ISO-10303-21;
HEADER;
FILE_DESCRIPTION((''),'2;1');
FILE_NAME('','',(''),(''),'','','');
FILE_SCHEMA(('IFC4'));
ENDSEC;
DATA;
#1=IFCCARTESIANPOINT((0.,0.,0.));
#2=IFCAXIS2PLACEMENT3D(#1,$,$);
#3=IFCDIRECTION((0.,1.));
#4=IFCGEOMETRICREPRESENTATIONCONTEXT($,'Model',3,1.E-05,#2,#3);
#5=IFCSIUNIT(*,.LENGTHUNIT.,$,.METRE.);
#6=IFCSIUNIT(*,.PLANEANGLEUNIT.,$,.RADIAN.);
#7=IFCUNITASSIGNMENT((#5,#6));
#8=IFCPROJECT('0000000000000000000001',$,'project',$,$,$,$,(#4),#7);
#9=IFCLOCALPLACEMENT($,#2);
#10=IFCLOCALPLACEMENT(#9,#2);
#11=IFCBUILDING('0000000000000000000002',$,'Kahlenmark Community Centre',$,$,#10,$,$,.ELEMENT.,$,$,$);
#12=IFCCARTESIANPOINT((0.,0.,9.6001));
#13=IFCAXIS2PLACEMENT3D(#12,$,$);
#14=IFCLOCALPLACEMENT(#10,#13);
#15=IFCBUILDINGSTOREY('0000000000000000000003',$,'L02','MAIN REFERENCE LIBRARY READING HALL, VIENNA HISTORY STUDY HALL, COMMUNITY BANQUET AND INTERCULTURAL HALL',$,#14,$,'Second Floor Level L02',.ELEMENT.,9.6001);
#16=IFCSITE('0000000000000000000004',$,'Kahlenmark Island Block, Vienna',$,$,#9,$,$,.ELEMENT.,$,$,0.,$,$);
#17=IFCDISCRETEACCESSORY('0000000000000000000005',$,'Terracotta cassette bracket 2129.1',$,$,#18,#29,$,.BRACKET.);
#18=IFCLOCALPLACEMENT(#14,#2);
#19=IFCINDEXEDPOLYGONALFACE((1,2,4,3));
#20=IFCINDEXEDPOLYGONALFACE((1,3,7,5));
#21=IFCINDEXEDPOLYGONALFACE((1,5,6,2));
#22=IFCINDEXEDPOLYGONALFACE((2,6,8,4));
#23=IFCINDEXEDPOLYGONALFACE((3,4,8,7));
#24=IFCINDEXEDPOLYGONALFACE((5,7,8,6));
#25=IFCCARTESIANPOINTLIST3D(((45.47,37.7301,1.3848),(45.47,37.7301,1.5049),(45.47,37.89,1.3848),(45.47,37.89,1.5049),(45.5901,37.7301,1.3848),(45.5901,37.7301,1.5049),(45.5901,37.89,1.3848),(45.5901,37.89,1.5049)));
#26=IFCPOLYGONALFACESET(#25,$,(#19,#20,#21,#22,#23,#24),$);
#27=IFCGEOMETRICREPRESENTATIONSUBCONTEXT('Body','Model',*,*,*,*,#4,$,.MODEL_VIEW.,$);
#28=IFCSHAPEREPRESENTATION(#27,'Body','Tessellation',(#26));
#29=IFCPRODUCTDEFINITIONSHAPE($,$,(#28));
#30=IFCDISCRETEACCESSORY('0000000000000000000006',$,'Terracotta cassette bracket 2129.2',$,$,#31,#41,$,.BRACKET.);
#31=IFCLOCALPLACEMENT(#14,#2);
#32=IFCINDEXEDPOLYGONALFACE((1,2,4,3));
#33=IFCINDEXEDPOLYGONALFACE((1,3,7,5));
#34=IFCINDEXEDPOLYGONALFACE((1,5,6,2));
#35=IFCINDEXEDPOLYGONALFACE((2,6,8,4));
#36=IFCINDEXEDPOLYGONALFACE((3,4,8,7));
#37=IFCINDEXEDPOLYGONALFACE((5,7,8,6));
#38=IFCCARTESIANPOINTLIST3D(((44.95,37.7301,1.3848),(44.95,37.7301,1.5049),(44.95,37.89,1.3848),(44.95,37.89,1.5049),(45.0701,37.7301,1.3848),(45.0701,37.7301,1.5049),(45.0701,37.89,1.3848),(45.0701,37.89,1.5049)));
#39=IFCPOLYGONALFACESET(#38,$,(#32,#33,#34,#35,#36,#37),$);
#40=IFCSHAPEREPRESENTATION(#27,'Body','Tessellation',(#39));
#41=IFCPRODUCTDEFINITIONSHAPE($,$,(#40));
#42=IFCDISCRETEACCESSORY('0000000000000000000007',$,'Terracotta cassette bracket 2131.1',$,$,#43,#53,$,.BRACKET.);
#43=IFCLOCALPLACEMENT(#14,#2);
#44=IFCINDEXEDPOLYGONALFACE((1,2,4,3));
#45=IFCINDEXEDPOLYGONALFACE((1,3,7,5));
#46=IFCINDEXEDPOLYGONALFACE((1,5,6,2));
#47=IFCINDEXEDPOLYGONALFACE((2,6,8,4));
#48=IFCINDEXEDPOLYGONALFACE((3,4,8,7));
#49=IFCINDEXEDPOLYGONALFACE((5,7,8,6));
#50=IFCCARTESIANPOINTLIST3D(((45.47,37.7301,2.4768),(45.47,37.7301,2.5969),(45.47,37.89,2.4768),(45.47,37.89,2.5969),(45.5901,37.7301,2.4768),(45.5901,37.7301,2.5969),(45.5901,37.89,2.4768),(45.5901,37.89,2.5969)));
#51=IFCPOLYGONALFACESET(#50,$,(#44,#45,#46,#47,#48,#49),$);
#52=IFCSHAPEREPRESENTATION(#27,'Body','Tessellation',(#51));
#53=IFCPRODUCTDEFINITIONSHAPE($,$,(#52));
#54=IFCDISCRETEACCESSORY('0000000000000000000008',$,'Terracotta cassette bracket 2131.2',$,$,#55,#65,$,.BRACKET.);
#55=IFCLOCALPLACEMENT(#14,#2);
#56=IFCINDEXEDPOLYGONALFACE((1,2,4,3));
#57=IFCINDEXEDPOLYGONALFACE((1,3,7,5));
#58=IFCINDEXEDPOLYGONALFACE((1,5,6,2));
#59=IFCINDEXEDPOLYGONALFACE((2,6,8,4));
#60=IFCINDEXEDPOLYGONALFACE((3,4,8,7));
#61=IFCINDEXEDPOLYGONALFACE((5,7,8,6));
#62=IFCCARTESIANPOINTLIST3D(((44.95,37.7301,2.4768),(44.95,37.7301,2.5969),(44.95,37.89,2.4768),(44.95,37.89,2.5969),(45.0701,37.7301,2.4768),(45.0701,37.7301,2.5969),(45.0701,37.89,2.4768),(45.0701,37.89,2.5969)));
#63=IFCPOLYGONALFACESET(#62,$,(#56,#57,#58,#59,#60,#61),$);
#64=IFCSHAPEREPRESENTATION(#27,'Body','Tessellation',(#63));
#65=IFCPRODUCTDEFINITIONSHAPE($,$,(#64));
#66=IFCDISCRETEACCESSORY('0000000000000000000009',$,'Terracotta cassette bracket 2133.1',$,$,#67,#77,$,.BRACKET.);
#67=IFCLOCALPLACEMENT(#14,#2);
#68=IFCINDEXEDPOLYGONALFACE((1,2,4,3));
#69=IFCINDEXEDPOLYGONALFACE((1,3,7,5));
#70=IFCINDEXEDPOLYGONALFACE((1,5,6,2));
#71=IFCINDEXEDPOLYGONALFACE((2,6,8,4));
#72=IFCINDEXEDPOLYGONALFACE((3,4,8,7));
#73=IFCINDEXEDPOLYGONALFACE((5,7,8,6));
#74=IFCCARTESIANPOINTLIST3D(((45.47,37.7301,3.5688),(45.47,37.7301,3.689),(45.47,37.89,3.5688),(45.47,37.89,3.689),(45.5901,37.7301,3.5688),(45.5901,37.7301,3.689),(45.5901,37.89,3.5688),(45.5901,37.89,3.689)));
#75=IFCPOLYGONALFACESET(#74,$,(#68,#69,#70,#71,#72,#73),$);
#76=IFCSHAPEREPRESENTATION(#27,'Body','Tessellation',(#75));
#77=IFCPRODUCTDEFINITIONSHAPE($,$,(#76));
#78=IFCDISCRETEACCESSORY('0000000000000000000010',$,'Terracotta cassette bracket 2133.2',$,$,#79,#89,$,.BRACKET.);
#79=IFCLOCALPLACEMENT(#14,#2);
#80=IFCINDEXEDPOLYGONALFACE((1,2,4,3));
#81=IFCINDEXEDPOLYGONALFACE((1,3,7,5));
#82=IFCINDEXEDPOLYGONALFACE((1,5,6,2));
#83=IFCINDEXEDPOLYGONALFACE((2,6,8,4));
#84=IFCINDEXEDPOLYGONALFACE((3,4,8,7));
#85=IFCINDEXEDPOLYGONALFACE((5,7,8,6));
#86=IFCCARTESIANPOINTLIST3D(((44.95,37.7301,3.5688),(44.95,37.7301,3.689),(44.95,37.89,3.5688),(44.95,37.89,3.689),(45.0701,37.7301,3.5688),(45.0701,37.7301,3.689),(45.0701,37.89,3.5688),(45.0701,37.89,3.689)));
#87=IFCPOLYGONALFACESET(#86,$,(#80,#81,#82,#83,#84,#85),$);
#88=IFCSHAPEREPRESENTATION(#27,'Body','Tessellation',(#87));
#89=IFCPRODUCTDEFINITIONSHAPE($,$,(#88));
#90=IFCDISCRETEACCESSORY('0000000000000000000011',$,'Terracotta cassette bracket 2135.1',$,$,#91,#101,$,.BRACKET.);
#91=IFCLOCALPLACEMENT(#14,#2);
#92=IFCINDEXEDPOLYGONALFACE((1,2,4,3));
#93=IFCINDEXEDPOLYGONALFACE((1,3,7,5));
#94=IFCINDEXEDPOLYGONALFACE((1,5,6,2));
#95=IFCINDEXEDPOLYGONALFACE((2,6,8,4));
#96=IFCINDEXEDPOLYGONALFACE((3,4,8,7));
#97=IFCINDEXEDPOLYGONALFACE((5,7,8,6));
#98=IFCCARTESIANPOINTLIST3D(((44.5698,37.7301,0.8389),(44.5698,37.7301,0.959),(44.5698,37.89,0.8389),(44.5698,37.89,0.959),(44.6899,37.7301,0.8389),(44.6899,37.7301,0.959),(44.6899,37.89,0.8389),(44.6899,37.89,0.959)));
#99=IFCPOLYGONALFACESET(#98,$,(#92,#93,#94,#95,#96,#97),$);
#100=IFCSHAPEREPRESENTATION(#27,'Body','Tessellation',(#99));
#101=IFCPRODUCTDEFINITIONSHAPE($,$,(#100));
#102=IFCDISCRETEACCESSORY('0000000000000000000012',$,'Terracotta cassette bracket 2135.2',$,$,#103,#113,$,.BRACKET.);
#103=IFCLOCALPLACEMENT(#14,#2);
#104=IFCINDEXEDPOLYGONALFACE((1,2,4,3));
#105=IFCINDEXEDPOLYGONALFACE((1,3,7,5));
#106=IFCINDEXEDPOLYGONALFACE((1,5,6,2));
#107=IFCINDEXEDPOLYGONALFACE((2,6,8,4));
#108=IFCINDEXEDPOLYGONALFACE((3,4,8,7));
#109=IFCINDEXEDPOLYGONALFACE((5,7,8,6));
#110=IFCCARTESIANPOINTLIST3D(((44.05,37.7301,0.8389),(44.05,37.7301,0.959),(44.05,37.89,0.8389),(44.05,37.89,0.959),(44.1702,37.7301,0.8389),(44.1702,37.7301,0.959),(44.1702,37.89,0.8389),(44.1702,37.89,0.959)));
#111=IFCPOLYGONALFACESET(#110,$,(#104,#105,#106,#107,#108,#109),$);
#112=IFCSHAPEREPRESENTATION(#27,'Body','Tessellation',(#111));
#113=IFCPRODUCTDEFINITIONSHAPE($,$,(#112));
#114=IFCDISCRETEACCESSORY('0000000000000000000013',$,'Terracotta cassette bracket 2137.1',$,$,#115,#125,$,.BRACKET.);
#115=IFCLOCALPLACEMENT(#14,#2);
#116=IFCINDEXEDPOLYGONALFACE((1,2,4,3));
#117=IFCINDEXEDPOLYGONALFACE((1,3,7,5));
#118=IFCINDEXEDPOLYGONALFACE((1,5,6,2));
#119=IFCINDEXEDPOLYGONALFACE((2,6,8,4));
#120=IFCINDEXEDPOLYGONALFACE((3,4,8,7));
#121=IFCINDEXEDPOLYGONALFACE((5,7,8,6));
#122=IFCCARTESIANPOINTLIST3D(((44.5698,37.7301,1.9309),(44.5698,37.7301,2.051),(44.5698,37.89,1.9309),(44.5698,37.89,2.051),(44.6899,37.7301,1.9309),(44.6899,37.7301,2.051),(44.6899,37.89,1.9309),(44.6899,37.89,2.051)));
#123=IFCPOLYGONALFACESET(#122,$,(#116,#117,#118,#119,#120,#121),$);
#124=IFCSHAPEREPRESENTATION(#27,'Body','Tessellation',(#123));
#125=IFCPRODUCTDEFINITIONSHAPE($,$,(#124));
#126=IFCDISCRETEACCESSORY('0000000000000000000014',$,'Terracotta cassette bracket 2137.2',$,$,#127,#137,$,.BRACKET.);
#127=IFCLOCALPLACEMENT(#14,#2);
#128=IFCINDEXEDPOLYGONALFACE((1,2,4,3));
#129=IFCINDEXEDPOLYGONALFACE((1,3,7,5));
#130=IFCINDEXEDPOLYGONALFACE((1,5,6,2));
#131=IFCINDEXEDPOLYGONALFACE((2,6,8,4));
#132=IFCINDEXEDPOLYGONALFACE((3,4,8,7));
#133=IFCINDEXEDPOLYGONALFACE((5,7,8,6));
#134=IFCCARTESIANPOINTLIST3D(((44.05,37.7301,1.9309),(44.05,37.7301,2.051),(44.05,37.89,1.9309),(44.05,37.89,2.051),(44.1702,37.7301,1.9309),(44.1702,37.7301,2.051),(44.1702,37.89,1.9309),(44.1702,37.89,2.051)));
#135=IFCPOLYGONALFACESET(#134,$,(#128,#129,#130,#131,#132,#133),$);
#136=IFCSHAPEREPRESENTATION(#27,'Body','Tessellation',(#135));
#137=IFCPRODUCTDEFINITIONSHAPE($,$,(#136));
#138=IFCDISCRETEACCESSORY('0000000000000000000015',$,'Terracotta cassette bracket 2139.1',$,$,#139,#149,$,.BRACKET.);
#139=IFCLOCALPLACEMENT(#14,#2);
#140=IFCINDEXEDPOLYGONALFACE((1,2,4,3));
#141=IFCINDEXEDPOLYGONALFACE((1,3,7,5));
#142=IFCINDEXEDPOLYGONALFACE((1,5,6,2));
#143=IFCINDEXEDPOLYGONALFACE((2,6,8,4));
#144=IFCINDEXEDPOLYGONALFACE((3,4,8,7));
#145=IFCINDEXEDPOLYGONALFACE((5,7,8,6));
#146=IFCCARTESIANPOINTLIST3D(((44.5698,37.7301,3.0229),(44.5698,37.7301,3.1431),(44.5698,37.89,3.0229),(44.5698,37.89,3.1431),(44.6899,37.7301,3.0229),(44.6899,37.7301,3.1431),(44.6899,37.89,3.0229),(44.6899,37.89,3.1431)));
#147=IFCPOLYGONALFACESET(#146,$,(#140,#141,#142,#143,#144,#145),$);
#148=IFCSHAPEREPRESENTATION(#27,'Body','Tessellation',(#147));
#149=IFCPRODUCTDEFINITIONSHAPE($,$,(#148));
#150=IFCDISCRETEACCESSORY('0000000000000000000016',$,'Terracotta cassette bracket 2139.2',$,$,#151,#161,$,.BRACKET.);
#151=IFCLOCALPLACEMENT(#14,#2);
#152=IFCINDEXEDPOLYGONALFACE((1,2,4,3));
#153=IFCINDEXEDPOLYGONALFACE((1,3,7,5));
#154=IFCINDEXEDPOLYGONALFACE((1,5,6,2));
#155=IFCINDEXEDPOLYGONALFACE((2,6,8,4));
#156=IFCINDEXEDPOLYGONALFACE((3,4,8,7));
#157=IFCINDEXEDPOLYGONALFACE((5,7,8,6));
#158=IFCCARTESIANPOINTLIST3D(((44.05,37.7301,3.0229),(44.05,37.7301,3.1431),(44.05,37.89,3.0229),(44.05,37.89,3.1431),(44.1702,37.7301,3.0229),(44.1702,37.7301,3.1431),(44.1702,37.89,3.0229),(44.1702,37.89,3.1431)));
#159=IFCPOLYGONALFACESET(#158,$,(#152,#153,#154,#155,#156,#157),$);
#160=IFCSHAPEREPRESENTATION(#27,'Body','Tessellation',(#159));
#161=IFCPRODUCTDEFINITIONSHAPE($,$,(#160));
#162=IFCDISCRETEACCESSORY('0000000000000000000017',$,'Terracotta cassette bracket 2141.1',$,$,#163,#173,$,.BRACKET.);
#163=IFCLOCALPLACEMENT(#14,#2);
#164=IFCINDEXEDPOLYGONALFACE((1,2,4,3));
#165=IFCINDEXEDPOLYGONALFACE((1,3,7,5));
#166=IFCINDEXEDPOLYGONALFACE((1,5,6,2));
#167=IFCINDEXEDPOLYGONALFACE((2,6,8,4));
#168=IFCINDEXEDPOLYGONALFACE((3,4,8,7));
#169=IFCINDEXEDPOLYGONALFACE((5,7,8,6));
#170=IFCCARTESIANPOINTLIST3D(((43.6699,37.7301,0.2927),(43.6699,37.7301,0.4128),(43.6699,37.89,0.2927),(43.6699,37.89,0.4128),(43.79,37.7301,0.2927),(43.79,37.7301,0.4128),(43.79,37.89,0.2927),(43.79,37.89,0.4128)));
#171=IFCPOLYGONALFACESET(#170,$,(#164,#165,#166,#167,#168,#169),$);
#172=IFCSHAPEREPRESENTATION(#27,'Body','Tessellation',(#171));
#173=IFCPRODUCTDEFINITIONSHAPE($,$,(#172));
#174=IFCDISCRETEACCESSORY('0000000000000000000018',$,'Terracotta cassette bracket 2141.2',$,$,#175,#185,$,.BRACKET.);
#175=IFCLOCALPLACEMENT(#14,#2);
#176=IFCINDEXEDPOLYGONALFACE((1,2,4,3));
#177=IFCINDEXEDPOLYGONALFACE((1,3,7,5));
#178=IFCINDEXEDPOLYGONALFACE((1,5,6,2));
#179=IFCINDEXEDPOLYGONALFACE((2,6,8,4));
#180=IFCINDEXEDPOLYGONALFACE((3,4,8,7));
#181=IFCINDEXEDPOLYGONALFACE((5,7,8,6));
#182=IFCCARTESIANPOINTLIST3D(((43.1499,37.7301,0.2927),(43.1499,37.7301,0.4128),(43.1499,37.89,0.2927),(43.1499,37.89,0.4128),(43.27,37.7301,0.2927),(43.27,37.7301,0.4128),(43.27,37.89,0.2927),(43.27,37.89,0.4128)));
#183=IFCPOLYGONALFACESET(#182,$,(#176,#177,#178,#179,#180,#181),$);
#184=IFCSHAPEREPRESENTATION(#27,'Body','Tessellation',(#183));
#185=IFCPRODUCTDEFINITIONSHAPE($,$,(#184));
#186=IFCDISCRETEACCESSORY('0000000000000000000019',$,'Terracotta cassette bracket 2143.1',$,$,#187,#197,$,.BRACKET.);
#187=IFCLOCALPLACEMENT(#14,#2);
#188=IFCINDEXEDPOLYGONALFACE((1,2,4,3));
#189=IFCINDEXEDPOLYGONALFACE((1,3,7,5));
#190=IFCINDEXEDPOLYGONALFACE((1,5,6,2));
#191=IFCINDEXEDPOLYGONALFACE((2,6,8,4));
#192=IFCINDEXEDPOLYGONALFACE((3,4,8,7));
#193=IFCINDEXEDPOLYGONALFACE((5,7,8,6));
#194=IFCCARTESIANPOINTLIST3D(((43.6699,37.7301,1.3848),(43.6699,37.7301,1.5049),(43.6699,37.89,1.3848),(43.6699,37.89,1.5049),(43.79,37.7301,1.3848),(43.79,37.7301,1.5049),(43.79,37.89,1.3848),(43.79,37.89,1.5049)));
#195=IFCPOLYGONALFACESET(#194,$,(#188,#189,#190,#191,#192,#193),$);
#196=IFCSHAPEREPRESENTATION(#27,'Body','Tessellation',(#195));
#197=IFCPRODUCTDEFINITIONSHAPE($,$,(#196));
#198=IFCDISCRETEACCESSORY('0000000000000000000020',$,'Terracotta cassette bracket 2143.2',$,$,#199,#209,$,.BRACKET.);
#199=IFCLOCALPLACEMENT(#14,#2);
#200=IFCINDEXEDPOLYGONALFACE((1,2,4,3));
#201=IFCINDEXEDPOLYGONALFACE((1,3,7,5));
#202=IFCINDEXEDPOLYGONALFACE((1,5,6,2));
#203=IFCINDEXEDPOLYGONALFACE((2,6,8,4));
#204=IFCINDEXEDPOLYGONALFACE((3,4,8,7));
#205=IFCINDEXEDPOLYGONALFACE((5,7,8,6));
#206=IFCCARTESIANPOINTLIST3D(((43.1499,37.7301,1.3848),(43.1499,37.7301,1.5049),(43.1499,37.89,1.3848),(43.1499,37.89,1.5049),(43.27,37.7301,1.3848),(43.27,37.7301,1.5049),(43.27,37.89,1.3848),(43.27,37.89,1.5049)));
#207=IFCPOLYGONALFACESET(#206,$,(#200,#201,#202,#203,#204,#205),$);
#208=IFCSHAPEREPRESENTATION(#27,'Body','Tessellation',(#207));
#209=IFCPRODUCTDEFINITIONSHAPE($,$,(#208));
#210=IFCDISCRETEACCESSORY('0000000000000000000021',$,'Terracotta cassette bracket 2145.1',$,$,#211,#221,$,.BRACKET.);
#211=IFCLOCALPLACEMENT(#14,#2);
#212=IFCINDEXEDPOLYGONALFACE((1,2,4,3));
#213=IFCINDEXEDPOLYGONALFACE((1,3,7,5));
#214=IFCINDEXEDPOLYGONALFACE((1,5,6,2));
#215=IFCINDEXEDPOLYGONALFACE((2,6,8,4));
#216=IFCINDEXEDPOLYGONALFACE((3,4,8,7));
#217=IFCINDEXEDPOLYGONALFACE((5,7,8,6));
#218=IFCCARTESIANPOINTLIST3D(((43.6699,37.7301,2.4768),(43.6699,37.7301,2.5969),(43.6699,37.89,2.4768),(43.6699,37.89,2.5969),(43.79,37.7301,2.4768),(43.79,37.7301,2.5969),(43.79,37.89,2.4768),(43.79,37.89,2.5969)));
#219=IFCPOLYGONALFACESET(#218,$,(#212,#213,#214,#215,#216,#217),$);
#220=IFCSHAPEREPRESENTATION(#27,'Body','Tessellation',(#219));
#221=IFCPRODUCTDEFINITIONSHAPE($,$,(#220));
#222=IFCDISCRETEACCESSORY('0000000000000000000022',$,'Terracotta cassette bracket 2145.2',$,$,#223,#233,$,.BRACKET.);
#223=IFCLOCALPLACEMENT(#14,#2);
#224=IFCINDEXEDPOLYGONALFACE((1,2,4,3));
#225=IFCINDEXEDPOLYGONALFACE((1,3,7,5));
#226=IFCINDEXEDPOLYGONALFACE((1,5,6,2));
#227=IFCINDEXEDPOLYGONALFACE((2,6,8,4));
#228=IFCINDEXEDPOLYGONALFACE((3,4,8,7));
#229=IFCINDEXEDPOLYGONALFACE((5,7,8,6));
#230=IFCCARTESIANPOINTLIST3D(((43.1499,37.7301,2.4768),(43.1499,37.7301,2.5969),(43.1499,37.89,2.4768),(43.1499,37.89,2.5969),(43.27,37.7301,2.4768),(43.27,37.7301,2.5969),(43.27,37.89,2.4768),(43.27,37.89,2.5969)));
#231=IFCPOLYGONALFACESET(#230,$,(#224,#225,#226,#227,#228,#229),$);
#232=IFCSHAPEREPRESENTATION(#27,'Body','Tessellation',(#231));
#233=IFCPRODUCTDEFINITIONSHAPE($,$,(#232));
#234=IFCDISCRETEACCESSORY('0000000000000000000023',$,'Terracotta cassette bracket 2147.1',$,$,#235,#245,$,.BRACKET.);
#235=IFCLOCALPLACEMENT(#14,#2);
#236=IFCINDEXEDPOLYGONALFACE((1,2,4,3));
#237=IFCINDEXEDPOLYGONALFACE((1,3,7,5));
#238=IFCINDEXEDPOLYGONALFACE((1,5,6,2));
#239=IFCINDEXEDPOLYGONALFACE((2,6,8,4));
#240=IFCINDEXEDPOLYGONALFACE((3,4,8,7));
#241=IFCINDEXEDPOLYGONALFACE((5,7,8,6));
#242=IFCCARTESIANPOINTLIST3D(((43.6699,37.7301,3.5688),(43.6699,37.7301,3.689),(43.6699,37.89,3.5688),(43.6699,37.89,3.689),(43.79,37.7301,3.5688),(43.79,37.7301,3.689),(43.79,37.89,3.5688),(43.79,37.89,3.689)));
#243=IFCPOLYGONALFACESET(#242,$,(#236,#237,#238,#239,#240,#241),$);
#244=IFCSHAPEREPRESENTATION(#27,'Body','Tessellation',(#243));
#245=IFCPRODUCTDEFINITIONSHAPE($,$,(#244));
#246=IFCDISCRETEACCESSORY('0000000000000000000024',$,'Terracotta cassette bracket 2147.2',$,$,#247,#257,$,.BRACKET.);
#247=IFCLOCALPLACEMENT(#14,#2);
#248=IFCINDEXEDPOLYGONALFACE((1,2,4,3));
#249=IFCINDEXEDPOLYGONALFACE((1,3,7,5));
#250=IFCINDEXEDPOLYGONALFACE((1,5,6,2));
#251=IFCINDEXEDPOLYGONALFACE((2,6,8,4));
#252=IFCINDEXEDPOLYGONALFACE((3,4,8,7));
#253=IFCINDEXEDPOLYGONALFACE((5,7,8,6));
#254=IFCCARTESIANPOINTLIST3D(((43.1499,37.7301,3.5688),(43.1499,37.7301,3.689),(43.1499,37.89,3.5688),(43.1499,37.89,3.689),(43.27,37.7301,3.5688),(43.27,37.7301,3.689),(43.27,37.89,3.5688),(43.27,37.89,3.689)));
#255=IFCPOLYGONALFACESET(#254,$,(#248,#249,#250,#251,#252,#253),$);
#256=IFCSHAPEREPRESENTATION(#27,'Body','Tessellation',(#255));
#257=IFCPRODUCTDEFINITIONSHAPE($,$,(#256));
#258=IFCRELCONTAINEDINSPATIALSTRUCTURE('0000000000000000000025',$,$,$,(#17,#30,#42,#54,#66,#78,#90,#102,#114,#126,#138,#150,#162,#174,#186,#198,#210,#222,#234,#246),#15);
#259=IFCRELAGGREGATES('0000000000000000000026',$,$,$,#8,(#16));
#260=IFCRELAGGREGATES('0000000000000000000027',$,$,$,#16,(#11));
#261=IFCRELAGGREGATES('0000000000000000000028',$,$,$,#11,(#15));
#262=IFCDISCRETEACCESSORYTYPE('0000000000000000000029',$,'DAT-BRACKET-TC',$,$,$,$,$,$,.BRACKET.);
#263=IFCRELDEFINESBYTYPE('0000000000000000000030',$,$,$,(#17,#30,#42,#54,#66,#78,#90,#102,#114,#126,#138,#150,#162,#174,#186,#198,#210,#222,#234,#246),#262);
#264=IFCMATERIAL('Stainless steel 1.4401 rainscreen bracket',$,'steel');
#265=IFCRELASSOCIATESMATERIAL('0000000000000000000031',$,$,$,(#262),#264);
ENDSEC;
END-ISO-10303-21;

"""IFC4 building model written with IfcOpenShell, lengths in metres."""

from ifc_helpers import new_model, si_unit, direction, frame, origin, origin_2d, place, context, subcontext, project, spatial, rectangle, extrude, material, type_object, element, save


model = new_model("IFC4")

# Units and contexts
model_context = context("Model", 3, precision=1e-05, world=origin(), true_north=direction((0.0, 1.0)))
body_context = subcontext(model_context, "Body", "Model", "MODEL_VIEW")
ifc_project = project(units=[si_unit("LENGTHUNIT", "METRE"), si_unit("PLANEANGLEUNIT", "RADIAN")], contexts=[model_context])

# Site, building, storey
site_placement = place(None, origin())
site = spatial("IfcSite", under=ifc_project, at=site_placement, Name="Kahlenmark Island Block, Vienna", CompositionType="ELEMENT", RefElevation=0.0)
building_placement = place(site_placement, origin())
building = spatial("IfcBuilding", under=site, at=building_placement, Name="Kahlenmark Community Centre", CompositionType="ELEMENT")
storey_placement = place(building_placement, frame((0.0, 0.0, 9.6001)))
storey = spatial("IfcBuildingStorey", under=building, at=storey_placement, Name="L02", Description="MAIN REFERENCE LIBRARY READING HALL, VIENNA HISTORY STUDY HALL, COMMUNITY BANQUET AND INTERCULTURAL HALL", LongName="Second Floor Level L02", CompositionType="ELEMENT", Elevation=9.6001)

# Discrete accessories
ifc_material_1 = material(Name="Stainless steel 1.4401 rainscreen bracket", Category="steel")
discrete_accessory_type = type_object("IfcDiscreteAccessoryType", Name="DAT-BRACKET-TC", PredefinedType="BRACKET", material=ifc_material_1)
for number, where, z_axis, x_axis, name in (
    (1, (45.53, 37.8101, 1.3848), (0.0, 0.0, 1.0), (-1.0, 0.0, 0.0), "Terracotta cassette bracket 2129.1"),
    (2, (45.01, 37.8101, 1.3848), (0.0, 0.0, 1.0), (-1.0, 0.0, 0.0), "Terracotta cassette bracket 2129.2"),
    (3, (45.53, 37.8101, 2.4768), (0.0, 0.0, 1.0), (-1.0, 0.0, 0.0), "Terracotta cassette bracket 2131.1"),
    (4, (45.01, 37.8101, 2.4768), (0.0, 0.0, 1.0), (-1.0, 0.0, 0.0), "Terracotta cassette bracket 2131.2"),
    (5, (45.53, 37.8101, 3.5688), (0.0, 0.0, 1.0), (-1.0, 0.0, 0.0), "Terracotta cassette bracket 2133.1"),
    (6, (45.01, 37.8101, 3.5688), (0.0, 0.0, 1.0), (-1.0, 0.0, 0.0), "Terracotta cassette bracket 2133.2"),
    (7, (44.6299, 37.8101, 0.8389), (0.0, 0.0, 1.0), (-1.0, 0.0, 0.0), "Terracotta cassette bracket 2135.1"),
    (8, (44.1101, 37.8101, 0.8389), (0.0, 0.0, 1.0), (-1.0, 0.0, 0.0), "Terracotta cassette bracket 2135.2"),
    (9, (44.6299, 37.8101, 1.9309), (0.0, 0.0, 1.0), (-1.0, 0.0, 0.0), "Terracotta cassette bracket 2137.1"),
    (10, (44.1101, 37.8101, 1.9309), (0.0, 0.0, 1.0), (-1.0, 0.0, 0.0), "Terracotta cassette bracket 2137.2"),
    (11, (44.6299, 37.8101, 3.0229), (0.0, 0.0, 1.0), (-1.0, 0.0, 0.0), "Terracotta cassette bracket 2139.1"),
    (12, (44.1101, 37.8101, 3.0229), (0.0, 0.0, 1.0), (-1.0, 0.0, 0.0), "Terracotta cassette bracket 2139.2"),
    (13, (43.73, 37.8101, 0.2927), (0.0, 0.0, 1.0), (-1.0, 0.0, 0.0), "Terracotta cassette bracket 2141.1"),
    (14, (43.21, 37.8101, 0.2927), (0.0, 0.0, 1.0), (-1.0, 0.0, 0.0), "Terracotta cassette bracket 2141.2"),
    (15, (43.73, 37.8101, 1.3848), (0.0, 0.0, 1.0), (-1.0, 0.0, 0.0), "Terracotta cassette bracket 2143.1"),
    (16, (43.21, 37.8101, 1.3848), (0.0, 0.0, 1.0), (-1.0, 0.0, 0.0), "Terracotta cassette bracket 2143.2"),
    (17, (43.73, 37.8101, 2.4768), (0.0, 0.0, 1.0), (-1.0, 0.0, 0.0), "Terracotta cassette bracket 2145.1"),
    (18, (43.21, 37.8101, 2.4768), (0.0, 0.0, 1.0), (-1.0, 0.0, 0.0), "Terracotta cassette bracket 2145.2"),
    (19, (43.73, 37.8101, 3.5688), (0.0, 0.0, 1.0), (-1.0, 0.0, 0.0), "Terracotta cassette bracket 2147.1"),
    (20, (43.21, 37.8101, 3.5688), (0.0, 0.0, 1.0), (-1.0, 0.0, 0.0), "Terracotta cassette bracket 2147.2"),
):
    element("IfcDiscreteAccessory", number, at=place(storey_placement, frame(where, z_axis=z_axis, x_axis=x_axis)), inside=storey, type_object=discrete_accessory_type, Name=name, PredefinedType="BRACKET", context=body_context, shape_type="SweptSolid", body=[
        extrude(rectangle(XDim=0.1201, YDim=0.1599, at=origin_2d()), origin(), (0.0, 0.0, 1.0), 0.1201),
    ])

save(model, "model.ifc")
